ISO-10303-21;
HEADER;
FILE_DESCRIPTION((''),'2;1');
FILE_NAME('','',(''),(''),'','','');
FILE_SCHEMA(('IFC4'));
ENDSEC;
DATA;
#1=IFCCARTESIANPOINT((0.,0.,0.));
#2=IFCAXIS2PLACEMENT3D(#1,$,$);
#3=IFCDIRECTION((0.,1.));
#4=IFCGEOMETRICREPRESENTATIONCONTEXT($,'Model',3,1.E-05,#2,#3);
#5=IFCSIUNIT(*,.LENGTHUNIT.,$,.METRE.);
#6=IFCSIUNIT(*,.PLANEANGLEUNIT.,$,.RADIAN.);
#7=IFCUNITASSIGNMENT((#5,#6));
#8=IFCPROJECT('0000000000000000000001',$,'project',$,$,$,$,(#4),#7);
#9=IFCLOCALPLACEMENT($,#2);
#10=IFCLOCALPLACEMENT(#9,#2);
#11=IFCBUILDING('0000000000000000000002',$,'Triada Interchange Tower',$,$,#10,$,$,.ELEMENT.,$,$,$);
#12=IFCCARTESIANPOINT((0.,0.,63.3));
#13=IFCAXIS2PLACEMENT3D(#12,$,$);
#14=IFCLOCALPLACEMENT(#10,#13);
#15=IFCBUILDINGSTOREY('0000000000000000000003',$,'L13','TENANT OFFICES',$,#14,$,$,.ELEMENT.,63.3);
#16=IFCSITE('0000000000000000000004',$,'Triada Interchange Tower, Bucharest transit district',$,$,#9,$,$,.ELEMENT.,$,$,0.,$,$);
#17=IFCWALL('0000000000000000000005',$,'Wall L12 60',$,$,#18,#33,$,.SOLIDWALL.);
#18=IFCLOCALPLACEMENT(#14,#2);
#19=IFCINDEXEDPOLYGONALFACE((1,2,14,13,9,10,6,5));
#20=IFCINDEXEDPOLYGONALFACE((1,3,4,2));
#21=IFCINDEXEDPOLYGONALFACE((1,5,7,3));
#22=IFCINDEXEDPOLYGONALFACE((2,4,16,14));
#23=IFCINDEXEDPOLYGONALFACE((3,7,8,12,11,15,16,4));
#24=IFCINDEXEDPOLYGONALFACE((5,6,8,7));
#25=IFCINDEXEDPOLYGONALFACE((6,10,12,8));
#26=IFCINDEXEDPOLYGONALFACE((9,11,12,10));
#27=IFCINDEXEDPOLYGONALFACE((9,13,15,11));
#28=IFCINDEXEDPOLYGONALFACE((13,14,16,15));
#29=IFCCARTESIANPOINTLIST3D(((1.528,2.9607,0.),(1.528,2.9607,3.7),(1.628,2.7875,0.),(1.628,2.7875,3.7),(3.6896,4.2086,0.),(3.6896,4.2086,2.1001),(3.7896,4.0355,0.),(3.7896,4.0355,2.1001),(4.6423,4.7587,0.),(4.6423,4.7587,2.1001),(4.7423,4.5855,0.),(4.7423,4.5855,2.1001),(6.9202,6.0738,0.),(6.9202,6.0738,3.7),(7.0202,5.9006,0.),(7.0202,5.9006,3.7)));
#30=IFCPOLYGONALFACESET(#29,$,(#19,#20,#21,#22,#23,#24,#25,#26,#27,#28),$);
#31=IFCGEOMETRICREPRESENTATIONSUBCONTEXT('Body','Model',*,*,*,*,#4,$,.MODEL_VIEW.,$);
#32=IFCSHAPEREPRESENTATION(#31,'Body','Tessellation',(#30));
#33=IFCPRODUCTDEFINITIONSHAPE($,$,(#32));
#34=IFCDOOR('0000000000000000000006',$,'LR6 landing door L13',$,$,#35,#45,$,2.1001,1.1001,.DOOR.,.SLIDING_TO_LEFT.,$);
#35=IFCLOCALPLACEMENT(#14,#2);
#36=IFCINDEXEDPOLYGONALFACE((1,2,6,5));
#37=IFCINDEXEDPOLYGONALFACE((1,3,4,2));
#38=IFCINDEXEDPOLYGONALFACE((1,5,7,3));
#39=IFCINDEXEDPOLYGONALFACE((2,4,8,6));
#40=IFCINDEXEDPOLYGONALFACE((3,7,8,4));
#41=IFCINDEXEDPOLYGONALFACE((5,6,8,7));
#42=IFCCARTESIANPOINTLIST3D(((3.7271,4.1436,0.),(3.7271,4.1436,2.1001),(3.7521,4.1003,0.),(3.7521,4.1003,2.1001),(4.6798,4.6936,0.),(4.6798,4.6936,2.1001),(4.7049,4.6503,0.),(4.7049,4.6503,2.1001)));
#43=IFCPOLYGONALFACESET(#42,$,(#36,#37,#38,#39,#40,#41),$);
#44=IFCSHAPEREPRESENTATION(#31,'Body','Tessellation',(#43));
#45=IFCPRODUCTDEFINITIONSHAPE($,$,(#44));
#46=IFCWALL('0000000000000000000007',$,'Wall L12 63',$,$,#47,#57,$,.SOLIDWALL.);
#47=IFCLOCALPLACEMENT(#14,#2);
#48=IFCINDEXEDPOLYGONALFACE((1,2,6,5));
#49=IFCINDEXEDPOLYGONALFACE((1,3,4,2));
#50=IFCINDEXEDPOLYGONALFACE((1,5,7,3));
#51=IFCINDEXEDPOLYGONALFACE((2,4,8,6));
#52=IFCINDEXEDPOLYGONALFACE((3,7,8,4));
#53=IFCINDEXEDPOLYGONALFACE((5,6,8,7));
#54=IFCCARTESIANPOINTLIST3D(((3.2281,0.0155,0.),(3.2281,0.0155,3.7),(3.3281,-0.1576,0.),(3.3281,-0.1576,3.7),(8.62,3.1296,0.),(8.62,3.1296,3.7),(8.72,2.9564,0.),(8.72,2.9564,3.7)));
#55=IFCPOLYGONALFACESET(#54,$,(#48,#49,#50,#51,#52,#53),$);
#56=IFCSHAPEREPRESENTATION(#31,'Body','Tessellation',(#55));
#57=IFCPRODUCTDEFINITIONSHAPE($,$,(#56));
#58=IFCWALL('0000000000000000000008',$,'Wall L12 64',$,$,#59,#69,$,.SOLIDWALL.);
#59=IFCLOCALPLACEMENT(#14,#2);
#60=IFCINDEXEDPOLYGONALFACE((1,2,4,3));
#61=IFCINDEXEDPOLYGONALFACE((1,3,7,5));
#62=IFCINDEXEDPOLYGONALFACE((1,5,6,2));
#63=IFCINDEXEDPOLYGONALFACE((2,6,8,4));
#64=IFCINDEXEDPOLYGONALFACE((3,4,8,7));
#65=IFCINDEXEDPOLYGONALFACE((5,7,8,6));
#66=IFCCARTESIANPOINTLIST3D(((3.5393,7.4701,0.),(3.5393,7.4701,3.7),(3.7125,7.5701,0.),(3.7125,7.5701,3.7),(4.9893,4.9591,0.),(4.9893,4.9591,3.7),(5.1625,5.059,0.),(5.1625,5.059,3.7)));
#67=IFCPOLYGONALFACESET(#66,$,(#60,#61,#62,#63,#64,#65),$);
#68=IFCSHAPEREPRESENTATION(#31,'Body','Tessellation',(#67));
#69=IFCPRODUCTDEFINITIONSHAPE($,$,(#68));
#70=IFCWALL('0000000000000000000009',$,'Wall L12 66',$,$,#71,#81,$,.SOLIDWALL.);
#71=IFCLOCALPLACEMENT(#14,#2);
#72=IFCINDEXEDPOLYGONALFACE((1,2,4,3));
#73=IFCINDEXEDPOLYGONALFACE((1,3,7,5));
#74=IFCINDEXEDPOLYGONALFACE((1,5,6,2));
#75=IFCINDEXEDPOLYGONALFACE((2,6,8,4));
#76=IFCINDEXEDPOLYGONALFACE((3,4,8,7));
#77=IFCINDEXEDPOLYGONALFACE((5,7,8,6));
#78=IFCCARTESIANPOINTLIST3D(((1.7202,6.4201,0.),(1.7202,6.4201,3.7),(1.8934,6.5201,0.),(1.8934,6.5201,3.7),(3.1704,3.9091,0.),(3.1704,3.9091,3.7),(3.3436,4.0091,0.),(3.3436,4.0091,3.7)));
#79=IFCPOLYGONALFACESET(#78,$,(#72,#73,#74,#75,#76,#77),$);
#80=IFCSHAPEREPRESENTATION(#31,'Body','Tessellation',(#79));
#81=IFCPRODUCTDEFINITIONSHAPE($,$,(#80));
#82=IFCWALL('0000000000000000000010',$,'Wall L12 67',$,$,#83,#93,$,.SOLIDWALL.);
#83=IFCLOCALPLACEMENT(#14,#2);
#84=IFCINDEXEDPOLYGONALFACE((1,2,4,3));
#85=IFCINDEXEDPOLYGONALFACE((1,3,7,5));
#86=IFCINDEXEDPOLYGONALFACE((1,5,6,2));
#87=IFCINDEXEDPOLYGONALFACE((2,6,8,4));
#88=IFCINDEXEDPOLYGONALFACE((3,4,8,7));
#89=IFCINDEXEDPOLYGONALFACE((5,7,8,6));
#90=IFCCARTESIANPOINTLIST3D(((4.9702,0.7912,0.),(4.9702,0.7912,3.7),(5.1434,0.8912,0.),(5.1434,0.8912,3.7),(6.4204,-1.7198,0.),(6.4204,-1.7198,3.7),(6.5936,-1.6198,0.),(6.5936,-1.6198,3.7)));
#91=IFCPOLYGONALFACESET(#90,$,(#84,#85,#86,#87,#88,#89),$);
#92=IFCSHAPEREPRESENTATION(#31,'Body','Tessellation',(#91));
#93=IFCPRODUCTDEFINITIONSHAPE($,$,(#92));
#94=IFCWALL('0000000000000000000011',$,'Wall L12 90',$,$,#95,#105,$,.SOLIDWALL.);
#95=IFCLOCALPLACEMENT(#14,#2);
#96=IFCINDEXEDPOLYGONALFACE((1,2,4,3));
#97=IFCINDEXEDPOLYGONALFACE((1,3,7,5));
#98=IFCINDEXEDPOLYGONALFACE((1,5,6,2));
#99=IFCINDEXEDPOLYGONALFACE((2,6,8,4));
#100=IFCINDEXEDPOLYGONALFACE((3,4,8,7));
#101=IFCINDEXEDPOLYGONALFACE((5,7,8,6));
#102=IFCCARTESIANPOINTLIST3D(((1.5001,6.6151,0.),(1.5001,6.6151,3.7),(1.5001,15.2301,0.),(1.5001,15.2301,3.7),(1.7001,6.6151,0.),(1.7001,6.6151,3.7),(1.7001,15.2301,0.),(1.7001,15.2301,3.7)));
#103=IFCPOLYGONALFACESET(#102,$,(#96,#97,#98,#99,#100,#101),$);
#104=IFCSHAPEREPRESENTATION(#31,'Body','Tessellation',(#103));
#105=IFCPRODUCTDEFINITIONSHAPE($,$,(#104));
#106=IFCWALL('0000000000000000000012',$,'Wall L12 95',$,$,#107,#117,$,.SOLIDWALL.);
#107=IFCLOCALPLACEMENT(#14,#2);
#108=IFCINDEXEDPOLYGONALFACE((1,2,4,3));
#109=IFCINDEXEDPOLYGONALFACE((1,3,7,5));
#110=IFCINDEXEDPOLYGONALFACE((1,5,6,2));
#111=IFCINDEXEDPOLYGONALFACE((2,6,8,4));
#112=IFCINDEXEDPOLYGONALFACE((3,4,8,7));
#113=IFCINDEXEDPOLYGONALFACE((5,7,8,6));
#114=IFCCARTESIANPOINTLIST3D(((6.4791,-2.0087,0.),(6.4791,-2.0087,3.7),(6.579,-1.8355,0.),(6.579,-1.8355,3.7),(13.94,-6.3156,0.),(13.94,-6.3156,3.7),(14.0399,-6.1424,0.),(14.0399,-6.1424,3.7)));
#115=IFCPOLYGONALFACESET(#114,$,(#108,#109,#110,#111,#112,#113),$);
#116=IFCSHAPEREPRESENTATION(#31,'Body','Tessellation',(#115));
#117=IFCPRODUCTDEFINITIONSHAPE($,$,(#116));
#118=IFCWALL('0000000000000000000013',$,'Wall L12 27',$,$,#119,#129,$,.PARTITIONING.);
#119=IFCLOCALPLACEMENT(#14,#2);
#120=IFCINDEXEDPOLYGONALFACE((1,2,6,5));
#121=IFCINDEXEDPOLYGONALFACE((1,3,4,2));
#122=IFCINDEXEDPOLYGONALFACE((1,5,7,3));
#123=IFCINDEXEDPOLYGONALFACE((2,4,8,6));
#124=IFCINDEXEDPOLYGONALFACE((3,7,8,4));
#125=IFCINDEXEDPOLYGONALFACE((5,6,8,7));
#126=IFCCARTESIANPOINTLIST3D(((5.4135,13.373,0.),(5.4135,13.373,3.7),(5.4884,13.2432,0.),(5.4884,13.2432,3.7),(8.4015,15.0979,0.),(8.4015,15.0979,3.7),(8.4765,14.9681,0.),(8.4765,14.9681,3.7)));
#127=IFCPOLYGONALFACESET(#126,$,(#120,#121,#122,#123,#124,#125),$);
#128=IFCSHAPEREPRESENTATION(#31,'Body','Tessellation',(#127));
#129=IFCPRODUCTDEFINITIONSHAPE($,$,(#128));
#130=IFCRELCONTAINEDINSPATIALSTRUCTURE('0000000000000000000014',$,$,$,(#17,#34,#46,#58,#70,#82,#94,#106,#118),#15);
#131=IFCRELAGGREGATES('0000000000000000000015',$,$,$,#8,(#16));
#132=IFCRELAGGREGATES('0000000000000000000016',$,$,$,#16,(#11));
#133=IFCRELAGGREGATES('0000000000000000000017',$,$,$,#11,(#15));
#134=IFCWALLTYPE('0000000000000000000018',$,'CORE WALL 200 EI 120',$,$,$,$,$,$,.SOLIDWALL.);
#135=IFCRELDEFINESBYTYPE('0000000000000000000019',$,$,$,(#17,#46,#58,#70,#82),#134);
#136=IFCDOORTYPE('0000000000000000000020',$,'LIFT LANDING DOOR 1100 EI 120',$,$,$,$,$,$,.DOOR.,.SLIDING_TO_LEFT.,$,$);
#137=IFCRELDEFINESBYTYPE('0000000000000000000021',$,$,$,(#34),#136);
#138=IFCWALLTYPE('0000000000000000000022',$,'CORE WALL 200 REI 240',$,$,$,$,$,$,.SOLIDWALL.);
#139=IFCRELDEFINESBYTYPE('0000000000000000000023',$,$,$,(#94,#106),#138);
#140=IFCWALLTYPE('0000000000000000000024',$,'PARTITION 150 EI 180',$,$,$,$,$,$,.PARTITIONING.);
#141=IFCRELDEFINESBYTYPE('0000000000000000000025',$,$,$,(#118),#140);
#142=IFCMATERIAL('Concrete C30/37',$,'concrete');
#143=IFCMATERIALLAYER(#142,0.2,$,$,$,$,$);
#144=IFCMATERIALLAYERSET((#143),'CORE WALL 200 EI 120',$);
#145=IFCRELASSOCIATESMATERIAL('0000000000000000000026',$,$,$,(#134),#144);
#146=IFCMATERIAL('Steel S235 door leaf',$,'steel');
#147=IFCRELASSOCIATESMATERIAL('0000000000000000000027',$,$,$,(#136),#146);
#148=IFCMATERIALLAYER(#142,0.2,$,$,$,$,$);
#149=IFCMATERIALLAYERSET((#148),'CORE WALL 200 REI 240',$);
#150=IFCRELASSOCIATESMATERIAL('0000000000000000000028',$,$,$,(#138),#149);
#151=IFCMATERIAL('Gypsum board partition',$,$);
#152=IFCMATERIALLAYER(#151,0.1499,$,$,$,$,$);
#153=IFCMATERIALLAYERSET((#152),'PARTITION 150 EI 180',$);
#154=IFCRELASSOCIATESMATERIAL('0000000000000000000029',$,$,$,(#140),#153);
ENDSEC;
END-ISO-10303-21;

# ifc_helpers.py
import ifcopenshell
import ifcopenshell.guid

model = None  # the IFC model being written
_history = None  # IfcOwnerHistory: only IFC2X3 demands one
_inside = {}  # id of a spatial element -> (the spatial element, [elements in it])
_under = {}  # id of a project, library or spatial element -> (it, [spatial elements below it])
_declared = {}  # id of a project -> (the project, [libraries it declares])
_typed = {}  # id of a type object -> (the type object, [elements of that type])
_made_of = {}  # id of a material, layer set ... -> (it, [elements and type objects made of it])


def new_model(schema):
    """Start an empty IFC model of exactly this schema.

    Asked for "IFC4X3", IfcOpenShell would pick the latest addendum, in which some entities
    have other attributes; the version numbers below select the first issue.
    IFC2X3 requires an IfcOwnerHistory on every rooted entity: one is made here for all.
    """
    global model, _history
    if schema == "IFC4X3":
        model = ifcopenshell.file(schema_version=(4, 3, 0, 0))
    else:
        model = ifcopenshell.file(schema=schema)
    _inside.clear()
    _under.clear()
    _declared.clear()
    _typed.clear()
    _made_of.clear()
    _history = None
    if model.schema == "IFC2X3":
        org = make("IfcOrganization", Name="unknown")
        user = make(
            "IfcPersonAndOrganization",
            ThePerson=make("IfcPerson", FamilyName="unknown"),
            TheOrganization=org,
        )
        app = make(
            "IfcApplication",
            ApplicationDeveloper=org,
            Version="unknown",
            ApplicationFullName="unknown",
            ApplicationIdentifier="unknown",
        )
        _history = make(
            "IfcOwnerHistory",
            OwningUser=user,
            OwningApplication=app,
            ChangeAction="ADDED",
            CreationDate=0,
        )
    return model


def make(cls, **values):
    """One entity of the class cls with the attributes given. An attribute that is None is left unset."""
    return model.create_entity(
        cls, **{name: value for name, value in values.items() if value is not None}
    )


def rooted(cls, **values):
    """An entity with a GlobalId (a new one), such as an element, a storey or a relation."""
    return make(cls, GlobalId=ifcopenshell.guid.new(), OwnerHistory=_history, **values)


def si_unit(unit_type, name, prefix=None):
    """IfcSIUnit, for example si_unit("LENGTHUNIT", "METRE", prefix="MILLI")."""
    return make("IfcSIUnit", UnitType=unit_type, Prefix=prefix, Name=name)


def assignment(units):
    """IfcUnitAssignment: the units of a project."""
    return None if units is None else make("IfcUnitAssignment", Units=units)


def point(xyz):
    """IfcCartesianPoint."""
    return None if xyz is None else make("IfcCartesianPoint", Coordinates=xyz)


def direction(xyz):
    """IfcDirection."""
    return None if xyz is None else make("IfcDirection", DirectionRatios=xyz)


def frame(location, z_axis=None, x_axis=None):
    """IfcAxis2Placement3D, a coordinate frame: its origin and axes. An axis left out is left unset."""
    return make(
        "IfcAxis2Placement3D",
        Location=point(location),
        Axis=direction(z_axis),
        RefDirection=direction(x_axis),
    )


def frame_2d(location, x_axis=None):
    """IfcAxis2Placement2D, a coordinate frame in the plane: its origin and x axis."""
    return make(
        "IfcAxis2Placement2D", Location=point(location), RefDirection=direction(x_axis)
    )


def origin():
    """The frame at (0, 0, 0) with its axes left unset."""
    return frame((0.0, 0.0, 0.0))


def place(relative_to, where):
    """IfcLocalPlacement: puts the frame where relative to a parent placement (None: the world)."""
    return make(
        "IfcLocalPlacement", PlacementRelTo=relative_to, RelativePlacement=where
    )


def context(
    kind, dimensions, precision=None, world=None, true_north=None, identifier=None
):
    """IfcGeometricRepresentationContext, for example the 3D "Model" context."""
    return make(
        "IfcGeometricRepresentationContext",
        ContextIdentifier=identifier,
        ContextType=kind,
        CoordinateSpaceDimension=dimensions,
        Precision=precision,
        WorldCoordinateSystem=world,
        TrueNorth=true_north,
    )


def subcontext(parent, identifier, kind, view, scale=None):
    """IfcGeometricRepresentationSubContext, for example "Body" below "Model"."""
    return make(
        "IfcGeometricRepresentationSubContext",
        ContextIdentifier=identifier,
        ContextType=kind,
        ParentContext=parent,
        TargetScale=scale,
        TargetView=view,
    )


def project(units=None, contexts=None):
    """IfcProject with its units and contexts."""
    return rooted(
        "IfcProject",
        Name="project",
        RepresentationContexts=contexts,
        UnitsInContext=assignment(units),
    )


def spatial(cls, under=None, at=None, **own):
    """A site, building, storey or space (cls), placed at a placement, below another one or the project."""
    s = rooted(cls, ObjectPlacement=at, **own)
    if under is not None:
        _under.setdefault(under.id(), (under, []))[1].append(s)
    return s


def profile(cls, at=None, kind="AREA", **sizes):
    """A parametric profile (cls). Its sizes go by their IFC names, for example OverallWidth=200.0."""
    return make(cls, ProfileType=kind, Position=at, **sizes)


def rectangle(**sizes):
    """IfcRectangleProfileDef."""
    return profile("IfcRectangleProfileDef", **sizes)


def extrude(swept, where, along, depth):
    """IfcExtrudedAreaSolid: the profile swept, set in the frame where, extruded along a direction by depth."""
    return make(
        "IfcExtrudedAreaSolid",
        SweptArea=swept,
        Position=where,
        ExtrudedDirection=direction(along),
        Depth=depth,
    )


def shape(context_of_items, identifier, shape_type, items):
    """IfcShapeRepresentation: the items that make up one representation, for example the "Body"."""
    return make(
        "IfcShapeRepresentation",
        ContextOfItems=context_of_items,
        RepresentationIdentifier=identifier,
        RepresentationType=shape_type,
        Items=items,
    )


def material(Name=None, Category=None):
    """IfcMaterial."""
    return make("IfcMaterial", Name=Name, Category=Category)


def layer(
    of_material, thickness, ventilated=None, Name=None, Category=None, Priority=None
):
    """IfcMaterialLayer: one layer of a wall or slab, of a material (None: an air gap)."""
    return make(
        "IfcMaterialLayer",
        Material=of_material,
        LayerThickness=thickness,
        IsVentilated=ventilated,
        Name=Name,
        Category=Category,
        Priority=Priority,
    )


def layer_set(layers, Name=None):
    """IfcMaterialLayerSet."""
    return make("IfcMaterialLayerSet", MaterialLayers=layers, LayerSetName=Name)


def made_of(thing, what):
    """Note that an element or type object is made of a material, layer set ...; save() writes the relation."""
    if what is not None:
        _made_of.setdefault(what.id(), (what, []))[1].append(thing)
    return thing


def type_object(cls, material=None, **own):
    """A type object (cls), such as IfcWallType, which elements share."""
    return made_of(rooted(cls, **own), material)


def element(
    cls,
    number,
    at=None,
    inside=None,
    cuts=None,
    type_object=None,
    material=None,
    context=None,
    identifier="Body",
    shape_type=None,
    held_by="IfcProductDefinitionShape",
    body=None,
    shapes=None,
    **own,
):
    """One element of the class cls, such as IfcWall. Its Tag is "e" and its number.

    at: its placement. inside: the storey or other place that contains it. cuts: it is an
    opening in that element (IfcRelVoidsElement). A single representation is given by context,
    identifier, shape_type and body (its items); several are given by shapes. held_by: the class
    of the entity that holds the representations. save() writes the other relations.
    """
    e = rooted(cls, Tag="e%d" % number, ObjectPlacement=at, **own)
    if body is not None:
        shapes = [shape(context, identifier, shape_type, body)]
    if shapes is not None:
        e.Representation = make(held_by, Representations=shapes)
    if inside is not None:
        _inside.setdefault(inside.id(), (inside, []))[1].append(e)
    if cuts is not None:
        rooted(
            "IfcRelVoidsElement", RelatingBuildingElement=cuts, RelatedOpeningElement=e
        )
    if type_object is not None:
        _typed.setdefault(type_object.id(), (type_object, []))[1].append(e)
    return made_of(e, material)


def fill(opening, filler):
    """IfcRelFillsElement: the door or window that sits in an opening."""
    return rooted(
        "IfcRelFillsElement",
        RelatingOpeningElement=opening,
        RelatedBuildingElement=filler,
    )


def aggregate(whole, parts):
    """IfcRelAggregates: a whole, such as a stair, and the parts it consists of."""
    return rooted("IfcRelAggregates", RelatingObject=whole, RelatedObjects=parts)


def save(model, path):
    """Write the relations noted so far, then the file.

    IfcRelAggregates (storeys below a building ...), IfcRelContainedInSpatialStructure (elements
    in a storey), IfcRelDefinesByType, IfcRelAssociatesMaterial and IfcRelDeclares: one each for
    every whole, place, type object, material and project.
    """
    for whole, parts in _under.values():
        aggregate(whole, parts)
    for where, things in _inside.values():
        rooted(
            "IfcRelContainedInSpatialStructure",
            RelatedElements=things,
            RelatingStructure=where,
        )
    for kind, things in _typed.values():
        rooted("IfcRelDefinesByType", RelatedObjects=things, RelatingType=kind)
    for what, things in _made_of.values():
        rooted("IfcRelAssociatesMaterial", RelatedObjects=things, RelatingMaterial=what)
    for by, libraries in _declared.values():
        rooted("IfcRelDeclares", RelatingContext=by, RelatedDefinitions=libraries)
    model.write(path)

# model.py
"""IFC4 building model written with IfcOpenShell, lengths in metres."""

from ifc_helpers import new_model, si_unit, direction, frame, frame_2d, origin, place, context, subcontext, project, spatial, rectangle, extrude, material, layer, layer_set, type_object, element, fill, save


model = new_model("IFC4")

# Units and contexts
model_context = context("Model", 3, precision=1e-05, world=origin(), true_north=direction((0.0, 1.0)))
body_context = subcontext(model_context, "Body", "Model", "MODEL_VIEW")
ifc_project = project(units=[si_unit("LENGTHUNIT", "METRE"), si_unit("PLANEANGLEUNIT", "RADIAN")], contexts=[model_context])

# Site, building, storey
site_placement = place(None, origin())
site = spatial("IfcSite", under=ifc_project, at=site_placement, Name="Triada Interchange Tower, Bucharest transit district", CompositionType="ELEMENT", RefElevation=0.0)
building_placement = place(site_placement, origin())
building = spatial("IfcBuilding", under=site, at=building_placement, Name="Triada Interchange Tower", CompositionType="ELEMENT")
storey_placement = place(building_placement, frame((0.0, 0.0, 63.3)))
storey = spatial("IfcBuildingStorey", under=building, at=storey_placement, Name="L13", Description="TENANT OFFICES", CompositionType="ELEMENT", Elevation=63.3)

# Shared definitions
ifc_material_1 = material(Name="Concrete C30/37", Category="concrete")
ifc_layer_1 = layer(ifc_material_1, 0.2)
ifc_layer_set_1 = layer_set([ifc_layer_1], Name="CORE WALL 200 EI 120")
wall_type_1 = type_object("IfcWallType", Name="CORE WALL 200 EI 120", PredefinedType="SOLIDWALL", material=ifc_layer_set_1)
ifc_material_2 = material(Name="Steel S235 door leaf", Category="steel")
door_type = type_object("IfcDoorType", Name="LIFT LANDING DOOR 1100 EI 120", OperationType="SLIDING_TO_LEFT", PredefinedType="DOOR", material=ifc_material_2)

# Wall, opening, door
wall_1_placement = place(storey_placement, frame((1.5779, 2.874, 0.0), z_axis=(0.0, 0.0, 1.0), x_axis=(0.866031, 0.499989, 0.0)))
wall_1 = element("IfcWall", 1, at=wall_1_placement, inside=storey, type_object=wall_type_1, Name="Wall L12 60", PredefinedType="SOLIDWALL", context=body_context, shape_type="SweptSolid", body=[
    extrude(rectangle(XDim=6.2263, YDim=0.2, at=frame_2d((3.1133, 0.0))), origin(), (0.0, 0.0, 1.0), 3.7),
])
opening_1_placement = place(wall_1_placement, frame((2.4961, 0.0, 0.0)))
opening_1 = element("IfcOpeningElement", 2, at=opening_1_placement, cuts=wall_1, PredefinedType="OPENING", context=body_context, shape_type="SweptSolid", body=[
    extrude(rectangle(XDim=1.1001, YDim=2.1001, at=frame_2d((0.55, 1.05))), frame((0.0, 0.1099, 0.0), z_axis=(0.0, -1.0, 0.0), x_axis=(1.0, 0.0, 0.0)), (0.0, 0.0, 1.0), 0.22),
])
door_1_placement = place(opening_1_placement, origin())
door_1 = element("IfcDoor", 3, at=door_1_placement, inside=storey, type_object=door_type, Name="LR6 landing door L13", OperationType="SLIDING_TO_LEFT", OverallHeight=2.1001, OverallWidth=1.1001, PredefinedType="DOOR", context=body_context, shape_type="SweptSolid", body=[
    extrude(rectangle(XDim=1.1001, YDim=2.1001, at=frame_2d((0.55, 1.05))), frame((0.0, 0.0249, 0.0), z_axis=(0.0, -1.0, 0.0), x_axis=(1.0, 0.0, 0.0)), (0.0, 0.0, 1.0), 0.05),
])
fill(opening_1, door_1)

# Walls
wall_2_placement = place(storey_placement, frame((3.2781, -0.071, 0.0), z_axis=(0.0, 0.0, 1.0), x_axis=(0.865954, 0.500124, 0.0)))
element("IfcWall", 4, at=wall_2_placement, inside=storey, type_object=wall_type_1, Name="Wall L12 63", PredefinedType="SOLIDWALL", context=body_context, shape_type="SweptSolid", body=[
    extrude(rectangle(XDim=6.2266, YDim=0.2, at=frame_2d((3.1133, 0.0))), origin(), (0.0, 0.0, 1.0), 3.7),
])
for number, where, z_axis, x_axis, name in (
    (5, (3.626, 7.52, 0.0), (0.0, 0.0, 1.0), (0.50006, -0.865991, 0.0), "Wall L12 64"),
    (6, (1.8069, 6.47, 0.0), (0.0, 0.0, 1.0), (0.500123, -0.865954, 0.0), "Wall L12 66"),
    (7, (5.0569, 0.8411, 0.0), (0.0, 0.0, 1.0), (0.500123, -0.865954, 0.0), "Wall L12 67"),
):
    element("IfcWall", number, at=place(storey_placement, frame(where, z_axis=z_axis, x_axis=x_axis)), inside=storey, type_object=wall_type_1, Name=name, PredefinedType="SOLIDWALL", context=body_context, shape_type="SweptSolid", body=[
        extrude(rectangle(XDim=2.8997, YDim=0.2, at=frame_2d((1.4497, 0.0))), origin(), (0.0, 0.0, 1.0), 3.7),
    ])
ifc_layer_2 = layer(ifc_material_1, 0.2)
ifc_layer_set_2 = layer_set([ifc_layer_2], Name="CORE WALL 200 REI 240")
wall_type_2 = type_object("IfcWallType", Name="CORE WALL 200 REI 240", PredefinedType="SOLIDWALL", material=ifc_layer_set_2)
wall_3_placement = place(storey_placement, frame((1.6001, 6.615, 0.0), z_axis=(0.0, 0.0, 1.0), x_axis=(0.0, 1.0, 0.0)))
element("IfcWall", 8, at=wall_3_placement, inside=storey, type_object=wall_type_2, Name="Wall L12 90", PredefinedType="SOLIDWALL", context=body_context, shape_type="SweptSolid", body=[
    extrude(rectangle(XDim=8.615, YDim=0.2, at=frame_2d((4.3076, 0.0))), origin(), (0.0, 0.0, 1.0), 3.7),
])
wall_4_placement = place(storey_placement, frame((6.5291, -1.9221, 0.0), z_axis=(0.0, 0.0, 1.0), x_axis=(0.86606, -0.49994, 0.0)))
element("IfcWall", 9, at=wall_4_placement, inside=storey, type_object=wall_type_2, Name="Wall L12 95", PredefinedType="SOLIDWALL", context=body_context, shape_type="SweptSolid", body=[
    extrude(rectangle(XDim=8.6147, YDim=0.2, at=frame_2d((4.3074, 0.0))), origin(), (0.0, 0.0, 1.0), 3.7),
])
ifc_material_3 = material(Name="Gypsum board partition")
ifc_layer_3 = layer(ifc_material_3, 0.1499)
ifc_layer_set_3 = layer_set([ifc_layer_3], Name="PARTITION 150 EI 180")
wall_type_3 = type_object("IfcWallType", Name="PARTITION 150 EI 180", PredefinedType="PARTITIONING", material=ifc_layer_set_3)
wall_5_placement = place(storey_placement, frame((5.4509, 13.3081, 0.0), z_axis=(0.0, 0.0, 1.0), x_axis=(0.866062, 0.499937, 0.0)))
element("IfcWall", 10, at=wall_5_placement, inside=storey, type_object=wall_type_3, Name="Wall L12 27", PredefinedType="PARTITIONING", context=body_context, shape_type="SweptSolid", body=[
    extrude(rectangle(XDim=3.4502, YDim=0.1499, at=frame_2d((1.7251, 0.0))), origin(), (0.0, 0.0, 1.0), 3.7),
])

save(model, "model.ifc")
